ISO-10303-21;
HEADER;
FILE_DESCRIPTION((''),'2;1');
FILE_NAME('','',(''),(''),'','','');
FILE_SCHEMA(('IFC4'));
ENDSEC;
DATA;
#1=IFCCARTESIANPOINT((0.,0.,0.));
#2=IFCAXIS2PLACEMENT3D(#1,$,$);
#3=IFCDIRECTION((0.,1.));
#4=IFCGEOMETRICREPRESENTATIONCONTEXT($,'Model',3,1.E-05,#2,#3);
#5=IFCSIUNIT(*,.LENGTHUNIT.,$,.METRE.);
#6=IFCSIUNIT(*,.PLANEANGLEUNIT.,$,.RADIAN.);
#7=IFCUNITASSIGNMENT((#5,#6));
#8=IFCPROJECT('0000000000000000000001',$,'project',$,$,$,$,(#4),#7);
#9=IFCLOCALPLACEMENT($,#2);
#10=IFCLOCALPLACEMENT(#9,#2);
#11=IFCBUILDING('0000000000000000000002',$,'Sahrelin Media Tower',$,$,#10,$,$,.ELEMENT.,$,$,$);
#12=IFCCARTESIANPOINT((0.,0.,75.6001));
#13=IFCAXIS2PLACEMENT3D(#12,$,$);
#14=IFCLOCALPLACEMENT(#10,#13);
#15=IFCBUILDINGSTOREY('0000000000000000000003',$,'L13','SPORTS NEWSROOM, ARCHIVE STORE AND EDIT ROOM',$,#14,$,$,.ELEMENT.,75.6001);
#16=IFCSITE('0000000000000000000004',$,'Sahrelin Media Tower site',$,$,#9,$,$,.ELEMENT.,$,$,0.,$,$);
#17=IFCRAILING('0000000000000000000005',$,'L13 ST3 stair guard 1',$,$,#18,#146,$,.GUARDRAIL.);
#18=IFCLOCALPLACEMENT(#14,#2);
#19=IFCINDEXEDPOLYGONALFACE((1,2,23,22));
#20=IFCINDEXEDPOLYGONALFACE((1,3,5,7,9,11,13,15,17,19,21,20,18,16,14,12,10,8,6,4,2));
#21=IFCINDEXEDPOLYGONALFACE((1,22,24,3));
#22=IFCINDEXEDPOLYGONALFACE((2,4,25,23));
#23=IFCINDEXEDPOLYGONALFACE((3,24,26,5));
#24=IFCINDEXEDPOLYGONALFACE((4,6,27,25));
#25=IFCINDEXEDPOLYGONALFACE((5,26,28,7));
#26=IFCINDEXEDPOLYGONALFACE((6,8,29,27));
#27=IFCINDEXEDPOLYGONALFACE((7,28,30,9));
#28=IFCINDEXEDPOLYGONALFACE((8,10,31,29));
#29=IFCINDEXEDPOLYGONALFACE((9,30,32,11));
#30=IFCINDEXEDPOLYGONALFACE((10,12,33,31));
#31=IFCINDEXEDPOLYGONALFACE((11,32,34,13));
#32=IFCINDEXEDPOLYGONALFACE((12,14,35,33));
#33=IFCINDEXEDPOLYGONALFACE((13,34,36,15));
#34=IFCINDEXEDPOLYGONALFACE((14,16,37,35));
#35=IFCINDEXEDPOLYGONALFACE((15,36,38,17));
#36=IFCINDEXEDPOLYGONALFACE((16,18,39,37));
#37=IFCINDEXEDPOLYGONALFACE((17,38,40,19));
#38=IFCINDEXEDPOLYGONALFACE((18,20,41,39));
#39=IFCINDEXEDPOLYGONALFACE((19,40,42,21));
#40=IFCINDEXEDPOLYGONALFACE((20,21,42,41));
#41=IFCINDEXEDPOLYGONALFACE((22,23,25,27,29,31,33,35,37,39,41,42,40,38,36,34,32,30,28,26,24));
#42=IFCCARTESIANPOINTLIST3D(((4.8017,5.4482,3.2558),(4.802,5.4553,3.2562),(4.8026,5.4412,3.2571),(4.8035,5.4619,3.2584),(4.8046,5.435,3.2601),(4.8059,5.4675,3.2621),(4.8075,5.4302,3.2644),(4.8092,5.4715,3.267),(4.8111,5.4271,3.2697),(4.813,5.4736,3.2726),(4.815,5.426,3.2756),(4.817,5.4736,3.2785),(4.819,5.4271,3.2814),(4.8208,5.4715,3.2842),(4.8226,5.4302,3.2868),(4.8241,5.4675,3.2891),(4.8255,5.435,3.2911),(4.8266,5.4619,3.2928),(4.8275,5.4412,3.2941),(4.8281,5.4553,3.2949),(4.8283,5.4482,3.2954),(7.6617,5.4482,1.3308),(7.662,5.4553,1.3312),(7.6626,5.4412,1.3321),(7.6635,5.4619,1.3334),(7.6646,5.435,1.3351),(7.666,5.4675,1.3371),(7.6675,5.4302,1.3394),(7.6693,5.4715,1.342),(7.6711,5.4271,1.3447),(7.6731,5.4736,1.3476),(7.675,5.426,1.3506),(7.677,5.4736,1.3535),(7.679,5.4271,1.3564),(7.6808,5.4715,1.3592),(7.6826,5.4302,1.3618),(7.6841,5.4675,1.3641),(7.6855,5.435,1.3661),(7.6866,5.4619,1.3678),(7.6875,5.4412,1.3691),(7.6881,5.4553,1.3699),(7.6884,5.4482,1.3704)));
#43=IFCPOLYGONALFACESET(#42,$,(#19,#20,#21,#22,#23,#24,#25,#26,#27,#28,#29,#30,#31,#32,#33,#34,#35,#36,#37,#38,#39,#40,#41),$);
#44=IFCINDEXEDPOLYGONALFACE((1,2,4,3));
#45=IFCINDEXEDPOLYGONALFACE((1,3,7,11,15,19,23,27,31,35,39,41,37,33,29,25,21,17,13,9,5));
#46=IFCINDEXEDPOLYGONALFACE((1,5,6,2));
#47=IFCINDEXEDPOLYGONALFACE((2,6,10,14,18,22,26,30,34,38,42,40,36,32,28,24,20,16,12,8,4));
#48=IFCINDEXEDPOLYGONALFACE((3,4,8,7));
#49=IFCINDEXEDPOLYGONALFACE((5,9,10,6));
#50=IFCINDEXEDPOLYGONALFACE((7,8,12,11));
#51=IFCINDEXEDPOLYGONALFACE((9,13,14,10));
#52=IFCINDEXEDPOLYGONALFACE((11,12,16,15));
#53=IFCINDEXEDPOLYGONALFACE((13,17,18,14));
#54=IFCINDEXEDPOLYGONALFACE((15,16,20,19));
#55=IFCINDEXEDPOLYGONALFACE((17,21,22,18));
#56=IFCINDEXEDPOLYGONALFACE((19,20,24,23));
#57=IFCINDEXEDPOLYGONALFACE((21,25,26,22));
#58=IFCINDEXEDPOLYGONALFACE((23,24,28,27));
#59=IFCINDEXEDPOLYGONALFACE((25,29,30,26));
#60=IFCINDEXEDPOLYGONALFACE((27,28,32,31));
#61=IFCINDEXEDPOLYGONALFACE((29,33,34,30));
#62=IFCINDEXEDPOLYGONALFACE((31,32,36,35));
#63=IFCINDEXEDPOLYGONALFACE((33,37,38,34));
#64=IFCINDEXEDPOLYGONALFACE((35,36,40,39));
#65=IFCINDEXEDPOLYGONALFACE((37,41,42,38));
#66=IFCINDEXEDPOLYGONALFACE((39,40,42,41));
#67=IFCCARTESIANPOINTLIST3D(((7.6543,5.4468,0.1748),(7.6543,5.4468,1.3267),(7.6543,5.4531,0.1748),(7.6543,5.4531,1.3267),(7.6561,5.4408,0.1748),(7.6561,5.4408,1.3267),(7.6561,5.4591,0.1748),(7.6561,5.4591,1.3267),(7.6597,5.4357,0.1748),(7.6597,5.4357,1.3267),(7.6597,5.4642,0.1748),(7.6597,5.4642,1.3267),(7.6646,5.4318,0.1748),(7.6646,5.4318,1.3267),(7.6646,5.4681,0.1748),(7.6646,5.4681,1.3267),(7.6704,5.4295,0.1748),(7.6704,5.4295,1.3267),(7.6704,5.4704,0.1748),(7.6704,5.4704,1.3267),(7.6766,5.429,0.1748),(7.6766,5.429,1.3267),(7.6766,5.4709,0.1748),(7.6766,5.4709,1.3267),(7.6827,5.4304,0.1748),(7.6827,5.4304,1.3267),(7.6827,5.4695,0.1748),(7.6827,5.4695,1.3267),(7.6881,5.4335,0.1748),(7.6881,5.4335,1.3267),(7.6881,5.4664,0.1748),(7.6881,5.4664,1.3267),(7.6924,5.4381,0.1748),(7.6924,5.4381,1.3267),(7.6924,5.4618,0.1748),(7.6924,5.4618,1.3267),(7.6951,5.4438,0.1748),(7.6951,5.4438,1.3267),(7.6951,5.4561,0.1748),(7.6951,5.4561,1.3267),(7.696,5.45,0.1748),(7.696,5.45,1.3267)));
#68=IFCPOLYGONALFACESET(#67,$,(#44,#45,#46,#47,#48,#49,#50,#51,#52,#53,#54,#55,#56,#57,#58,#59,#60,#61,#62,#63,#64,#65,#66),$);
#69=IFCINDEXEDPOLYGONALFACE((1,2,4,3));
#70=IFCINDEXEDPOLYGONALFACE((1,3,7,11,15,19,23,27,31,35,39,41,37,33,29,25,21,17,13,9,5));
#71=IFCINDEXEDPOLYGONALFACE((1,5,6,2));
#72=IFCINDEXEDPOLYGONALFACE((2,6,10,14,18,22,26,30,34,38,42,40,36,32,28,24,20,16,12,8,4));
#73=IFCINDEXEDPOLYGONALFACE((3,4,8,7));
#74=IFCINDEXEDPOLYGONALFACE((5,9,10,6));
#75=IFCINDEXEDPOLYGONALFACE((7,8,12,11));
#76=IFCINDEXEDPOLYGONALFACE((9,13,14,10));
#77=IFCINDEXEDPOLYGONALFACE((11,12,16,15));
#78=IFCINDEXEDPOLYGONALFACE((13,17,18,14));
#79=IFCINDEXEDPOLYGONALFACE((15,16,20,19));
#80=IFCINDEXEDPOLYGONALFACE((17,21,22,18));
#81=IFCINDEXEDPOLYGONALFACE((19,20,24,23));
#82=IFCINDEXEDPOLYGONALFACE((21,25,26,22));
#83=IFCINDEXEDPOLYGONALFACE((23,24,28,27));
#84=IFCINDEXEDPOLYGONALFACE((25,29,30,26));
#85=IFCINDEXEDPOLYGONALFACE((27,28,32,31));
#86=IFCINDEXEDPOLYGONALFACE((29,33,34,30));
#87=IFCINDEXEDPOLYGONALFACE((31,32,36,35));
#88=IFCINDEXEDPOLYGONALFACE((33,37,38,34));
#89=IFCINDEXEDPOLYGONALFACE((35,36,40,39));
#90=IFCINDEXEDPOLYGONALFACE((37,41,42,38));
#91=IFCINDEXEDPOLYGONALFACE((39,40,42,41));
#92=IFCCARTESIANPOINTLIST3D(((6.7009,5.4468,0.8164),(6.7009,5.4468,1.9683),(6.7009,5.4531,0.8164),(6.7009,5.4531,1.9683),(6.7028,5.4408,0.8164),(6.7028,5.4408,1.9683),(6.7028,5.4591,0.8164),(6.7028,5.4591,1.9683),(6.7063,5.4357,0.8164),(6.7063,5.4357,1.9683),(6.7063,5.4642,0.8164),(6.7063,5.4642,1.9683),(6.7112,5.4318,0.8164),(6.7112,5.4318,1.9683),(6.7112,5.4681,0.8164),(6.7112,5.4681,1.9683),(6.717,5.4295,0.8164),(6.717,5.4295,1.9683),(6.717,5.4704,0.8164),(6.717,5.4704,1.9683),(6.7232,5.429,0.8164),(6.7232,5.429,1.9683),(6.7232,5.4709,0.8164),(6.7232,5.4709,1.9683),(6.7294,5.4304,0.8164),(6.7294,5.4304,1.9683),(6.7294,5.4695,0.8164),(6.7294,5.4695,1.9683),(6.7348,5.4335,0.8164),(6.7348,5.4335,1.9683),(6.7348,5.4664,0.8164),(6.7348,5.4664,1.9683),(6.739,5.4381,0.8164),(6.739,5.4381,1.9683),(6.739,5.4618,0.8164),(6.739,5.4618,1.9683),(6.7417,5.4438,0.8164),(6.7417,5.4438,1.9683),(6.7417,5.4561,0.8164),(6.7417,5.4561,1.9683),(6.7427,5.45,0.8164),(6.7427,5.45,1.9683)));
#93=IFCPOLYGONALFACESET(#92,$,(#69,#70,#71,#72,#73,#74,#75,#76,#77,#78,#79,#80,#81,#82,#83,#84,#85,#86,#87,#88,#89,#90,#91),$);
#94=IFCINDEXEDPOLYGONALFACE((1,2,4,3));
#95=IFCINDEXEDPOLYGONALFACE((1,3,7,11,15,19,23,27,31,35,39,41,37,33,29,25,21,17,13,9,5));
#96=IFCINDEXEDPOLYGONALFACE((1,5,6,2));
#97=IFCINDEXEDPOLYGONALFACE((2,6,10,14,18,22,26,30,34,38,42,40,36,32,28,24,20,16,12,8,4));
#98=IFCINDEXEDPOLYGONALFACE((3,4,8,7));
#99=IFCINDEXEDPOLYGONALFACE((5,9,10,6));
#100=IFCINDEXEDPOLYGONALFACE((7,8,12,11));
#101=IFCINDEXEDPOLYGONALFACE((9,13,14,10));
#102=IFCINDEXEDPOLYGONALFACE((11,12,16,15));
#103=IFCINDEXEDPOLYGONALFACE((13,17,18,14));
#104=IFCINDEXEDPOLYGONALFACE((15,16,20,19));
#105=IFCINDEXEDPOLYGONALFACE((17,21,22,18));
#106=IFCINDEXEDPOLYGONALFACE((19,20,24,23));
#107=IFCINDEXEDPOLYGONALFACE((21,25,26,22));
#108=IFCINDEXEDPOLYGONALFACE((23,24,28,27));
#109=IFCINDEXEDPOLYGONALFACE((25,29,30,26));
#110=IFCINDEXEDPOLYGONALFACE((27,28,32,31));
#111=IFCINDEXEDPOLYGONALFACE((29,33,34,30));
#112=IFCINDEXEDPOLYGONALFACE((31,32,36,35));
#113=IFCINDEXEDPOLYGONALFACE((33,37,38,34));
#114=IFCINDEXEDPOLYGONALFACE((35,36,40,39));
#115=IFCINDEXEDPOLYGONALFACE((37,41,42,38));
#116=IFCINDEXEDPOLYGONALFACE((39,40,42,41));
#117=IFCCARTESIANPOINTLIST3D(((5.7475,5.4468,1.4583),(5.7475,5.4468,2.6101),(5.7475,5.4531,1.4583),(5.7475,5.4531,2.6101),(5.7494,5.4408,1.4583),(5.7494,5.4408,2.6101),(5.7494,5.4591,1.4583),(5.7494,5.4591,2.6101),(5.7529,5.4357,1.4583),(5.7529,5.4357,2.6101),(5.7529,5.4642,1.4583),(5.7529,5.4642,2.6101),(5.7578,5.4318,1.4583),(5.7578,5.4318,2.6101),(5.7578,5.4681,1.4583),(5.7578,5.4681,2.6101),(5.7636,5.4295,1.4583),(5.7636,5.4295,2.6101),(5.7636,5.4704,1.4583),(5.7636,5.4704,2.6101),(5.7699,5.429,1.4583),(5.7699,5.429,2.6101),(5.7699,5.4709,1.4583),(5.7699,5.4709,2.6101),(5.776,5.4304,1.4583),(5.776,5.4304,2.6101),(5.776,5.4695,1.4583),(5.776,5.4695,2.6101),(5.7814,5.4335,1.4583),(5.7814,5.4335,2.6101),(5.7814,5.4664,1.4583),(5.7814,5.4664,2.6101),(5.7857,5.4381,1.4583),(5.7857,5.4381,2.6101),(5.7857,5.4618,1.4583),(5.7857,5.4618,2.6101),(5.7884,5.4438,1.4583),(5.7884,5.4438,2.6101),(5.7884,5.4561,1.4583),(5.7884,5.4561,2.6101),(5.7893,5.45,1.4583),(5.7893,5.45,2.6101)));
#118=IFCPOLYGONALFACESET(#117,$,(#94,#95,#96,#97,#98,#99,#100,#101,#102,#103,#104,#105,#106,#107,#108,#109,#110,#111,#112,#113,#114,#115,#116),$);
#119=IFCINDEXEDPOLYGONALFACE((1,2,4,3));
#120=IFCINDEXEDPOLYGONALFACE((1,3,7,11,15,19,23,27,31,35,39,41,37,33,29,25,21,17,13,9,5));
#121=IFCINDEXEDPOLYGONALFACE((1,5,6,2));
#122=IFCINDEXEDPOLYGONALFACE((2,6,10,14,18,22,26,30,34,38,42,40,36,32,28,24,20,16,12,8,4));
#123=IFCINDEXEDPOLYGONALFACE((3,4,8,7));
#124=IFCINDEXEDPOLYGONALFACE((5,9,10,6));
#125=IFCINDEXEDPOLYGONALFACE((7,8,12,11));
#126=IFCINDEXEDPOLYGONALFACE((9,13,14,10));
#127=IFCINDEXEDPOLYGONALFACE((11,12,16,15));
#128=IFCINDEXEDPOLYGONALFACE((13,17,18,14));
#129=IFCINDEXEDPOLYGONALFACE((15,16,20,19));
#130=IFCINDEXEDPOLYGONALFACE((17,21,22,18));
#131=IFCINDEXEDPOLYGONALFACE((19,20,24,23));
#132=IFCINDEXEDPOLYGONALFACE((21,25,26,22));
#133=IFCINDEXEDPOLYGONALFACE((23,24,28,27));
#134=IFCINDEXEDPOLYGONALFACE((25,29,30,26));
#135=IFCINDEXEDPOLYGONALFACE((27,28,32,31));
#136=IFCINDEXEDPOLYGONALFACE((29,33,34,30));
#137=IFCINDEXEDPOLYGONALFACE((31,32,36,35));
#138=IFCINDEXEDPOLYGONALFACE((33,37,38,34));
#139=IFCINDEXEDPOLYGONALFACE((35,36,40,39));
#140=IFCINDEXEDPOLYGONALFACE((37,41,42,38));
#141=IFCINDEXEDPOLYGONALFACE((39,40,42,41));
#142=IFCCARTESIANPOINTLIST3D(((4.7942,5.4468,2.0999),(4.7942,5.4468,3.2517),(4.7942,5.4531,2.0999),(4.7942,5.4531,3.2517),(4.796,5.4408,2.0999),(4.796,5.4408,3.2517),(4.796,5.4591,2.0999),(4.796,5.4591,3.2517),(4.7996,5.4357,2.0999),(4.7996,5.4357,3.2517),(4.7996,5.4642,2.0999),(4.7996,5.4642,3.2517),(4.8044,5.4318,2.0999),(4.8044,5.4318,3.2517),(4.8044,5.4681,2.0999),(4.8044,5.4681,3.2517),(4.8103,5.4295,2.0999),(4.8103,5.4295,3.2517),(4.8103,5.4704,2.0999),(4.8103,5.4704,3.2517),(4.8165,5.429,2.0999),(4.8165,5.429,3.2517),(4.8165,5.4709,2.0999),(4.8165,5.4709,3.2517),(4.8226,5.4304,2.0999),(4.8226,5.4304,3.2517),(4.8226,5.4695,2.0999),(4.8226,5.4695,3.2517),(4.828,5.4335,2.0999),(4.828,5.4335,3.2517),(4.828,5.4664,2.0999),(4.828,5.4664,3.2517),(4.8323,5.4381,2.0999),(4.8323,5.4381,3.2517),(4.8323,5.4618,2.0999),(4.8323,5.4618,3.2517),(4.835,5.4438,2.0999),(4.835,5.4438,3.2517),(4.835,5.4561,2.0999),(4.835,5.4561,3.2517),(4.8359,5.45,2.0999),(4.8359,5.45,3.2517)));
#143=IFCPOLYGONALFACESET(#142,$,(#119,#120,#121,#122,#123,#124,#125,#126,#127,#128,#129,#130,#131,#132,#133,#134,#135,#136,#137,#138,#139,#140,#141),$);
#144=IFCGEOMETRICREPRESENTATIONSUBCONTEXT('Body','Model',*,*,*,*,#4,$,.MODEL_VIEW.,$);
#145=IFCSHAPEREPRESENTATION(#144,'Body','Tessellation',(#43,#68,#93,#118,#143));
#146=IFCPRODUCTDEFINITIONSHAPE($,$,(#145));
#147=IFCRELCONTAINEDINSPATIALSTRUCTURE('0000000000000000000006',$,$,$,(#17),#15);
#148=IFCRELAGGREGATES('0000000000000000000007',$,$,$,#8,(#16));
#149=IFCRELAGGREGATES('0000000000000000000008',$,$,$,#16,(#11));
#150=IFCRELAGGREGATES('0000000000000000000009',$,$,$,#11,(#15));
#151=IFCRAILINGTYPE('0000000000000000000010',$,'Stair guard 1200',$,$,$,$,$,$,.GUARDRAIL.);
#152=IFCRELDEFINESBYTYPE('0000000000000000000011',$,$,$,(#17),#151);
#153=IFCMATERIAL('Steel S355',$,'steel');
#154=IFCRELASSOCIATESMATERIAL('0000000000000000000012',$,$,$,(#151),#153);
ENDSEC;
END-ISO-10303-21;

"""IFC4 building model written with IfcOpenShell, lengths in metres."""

from ifc_helpers import new_model, si_unit, direction, frame, origin, origin_2d, place, context, subcontext, project, spatial, circle, extrude, material, type_object, element, save


model = new_model("IFC4")

# Units and contexts
model_context = context("Model", 3, precision=1e-05, world=origin(), true_north=direction((0.0, 1.0)))
body_context = subcontext(model_context, "Body", "Model", "MODEL_VIEW")
ifc_project = project(units=[si_unit("LENGTHUNIT", "METRE"), si_unit("PLANEANGLEUNIT", "RADIAN")], contexts=[model_context])

# Site, building, storey
site_placement = place(None, origin())
site = spatial("IfcSite", under=ifc_project, at=site_placement, Name="Sahrelin Media Tower site", CompositionType="ELEMENT", RefElevation=0.0)
building_placement = place(site_placement, origin())
building = spatial("IfcBuilding", under=site, at=building_placement, Name="Sahrelin Media Tower", CompositionType="ELEMENT")
storey_placement = place(building_placement, frame((0.0, 0.0, 75.6001)))
storey = spatial("IfcBuildingStorey", under=building, at=storey_placement, Name="L13", Description="SPORTS NEWSROOM, ARCHIVE STORE AND EDIT ROOM", CompositionType="ELEMENT", Elevation=75.6001)

# Shared definitions
ifc_material_1 = material(Name="Steel S355", Category="steel")

# Railing
railing_type_1 = type_object("IfcRailingType", Name="Stair guard 1200", PredefinedType="GUARDRAIL", material=ifc_material_1)
railing_1_placement = place(storey_placement, frame((7.675, 5.45, 0.1748)))
element("IfcRailing", 1, at=railing_1_placement, inside=storey, type_object=railing_type_1, Name="L13 ST3 stair guard 1", PredefinedType="GUARDRAIL", context=body_context, shape_type="SweptSolid", body=[
    extrude(circle(Radius=0.0239, at=origin_2d()), frame((0.0, 0.0, 1.1758), z_axis=(-0.829591, 0.0, 0.558372), x_axis=(0.0, -1.0, 0.0)), (0.0, 0.0, 1.0), 3.4475),
    extrude(circle(Radius=0.021, at=origin_2d()), origin(), (0.0, 0.0, 1.0), 1.1519),
    extrude(circle(Radius=0.021, at=origin_2d()), frame((-0.9534, 0.0, 0.6416)), (0.0, 0.0, 1.0), 1.1519),
    extrude(circle(Radius=0.021, at=origin_2d()), frame((-1.9067, 0.0, 1.2834)), (0.0, 0.0, 1.0), 1.1519),
    extrude(circle(Radius=0.021, at=origin_2d()), frame((-2.8601, 0.0, 1.925)), (0.0, 0.0, 1.0), 1.1519),
])

save(model, "model.ifc")
